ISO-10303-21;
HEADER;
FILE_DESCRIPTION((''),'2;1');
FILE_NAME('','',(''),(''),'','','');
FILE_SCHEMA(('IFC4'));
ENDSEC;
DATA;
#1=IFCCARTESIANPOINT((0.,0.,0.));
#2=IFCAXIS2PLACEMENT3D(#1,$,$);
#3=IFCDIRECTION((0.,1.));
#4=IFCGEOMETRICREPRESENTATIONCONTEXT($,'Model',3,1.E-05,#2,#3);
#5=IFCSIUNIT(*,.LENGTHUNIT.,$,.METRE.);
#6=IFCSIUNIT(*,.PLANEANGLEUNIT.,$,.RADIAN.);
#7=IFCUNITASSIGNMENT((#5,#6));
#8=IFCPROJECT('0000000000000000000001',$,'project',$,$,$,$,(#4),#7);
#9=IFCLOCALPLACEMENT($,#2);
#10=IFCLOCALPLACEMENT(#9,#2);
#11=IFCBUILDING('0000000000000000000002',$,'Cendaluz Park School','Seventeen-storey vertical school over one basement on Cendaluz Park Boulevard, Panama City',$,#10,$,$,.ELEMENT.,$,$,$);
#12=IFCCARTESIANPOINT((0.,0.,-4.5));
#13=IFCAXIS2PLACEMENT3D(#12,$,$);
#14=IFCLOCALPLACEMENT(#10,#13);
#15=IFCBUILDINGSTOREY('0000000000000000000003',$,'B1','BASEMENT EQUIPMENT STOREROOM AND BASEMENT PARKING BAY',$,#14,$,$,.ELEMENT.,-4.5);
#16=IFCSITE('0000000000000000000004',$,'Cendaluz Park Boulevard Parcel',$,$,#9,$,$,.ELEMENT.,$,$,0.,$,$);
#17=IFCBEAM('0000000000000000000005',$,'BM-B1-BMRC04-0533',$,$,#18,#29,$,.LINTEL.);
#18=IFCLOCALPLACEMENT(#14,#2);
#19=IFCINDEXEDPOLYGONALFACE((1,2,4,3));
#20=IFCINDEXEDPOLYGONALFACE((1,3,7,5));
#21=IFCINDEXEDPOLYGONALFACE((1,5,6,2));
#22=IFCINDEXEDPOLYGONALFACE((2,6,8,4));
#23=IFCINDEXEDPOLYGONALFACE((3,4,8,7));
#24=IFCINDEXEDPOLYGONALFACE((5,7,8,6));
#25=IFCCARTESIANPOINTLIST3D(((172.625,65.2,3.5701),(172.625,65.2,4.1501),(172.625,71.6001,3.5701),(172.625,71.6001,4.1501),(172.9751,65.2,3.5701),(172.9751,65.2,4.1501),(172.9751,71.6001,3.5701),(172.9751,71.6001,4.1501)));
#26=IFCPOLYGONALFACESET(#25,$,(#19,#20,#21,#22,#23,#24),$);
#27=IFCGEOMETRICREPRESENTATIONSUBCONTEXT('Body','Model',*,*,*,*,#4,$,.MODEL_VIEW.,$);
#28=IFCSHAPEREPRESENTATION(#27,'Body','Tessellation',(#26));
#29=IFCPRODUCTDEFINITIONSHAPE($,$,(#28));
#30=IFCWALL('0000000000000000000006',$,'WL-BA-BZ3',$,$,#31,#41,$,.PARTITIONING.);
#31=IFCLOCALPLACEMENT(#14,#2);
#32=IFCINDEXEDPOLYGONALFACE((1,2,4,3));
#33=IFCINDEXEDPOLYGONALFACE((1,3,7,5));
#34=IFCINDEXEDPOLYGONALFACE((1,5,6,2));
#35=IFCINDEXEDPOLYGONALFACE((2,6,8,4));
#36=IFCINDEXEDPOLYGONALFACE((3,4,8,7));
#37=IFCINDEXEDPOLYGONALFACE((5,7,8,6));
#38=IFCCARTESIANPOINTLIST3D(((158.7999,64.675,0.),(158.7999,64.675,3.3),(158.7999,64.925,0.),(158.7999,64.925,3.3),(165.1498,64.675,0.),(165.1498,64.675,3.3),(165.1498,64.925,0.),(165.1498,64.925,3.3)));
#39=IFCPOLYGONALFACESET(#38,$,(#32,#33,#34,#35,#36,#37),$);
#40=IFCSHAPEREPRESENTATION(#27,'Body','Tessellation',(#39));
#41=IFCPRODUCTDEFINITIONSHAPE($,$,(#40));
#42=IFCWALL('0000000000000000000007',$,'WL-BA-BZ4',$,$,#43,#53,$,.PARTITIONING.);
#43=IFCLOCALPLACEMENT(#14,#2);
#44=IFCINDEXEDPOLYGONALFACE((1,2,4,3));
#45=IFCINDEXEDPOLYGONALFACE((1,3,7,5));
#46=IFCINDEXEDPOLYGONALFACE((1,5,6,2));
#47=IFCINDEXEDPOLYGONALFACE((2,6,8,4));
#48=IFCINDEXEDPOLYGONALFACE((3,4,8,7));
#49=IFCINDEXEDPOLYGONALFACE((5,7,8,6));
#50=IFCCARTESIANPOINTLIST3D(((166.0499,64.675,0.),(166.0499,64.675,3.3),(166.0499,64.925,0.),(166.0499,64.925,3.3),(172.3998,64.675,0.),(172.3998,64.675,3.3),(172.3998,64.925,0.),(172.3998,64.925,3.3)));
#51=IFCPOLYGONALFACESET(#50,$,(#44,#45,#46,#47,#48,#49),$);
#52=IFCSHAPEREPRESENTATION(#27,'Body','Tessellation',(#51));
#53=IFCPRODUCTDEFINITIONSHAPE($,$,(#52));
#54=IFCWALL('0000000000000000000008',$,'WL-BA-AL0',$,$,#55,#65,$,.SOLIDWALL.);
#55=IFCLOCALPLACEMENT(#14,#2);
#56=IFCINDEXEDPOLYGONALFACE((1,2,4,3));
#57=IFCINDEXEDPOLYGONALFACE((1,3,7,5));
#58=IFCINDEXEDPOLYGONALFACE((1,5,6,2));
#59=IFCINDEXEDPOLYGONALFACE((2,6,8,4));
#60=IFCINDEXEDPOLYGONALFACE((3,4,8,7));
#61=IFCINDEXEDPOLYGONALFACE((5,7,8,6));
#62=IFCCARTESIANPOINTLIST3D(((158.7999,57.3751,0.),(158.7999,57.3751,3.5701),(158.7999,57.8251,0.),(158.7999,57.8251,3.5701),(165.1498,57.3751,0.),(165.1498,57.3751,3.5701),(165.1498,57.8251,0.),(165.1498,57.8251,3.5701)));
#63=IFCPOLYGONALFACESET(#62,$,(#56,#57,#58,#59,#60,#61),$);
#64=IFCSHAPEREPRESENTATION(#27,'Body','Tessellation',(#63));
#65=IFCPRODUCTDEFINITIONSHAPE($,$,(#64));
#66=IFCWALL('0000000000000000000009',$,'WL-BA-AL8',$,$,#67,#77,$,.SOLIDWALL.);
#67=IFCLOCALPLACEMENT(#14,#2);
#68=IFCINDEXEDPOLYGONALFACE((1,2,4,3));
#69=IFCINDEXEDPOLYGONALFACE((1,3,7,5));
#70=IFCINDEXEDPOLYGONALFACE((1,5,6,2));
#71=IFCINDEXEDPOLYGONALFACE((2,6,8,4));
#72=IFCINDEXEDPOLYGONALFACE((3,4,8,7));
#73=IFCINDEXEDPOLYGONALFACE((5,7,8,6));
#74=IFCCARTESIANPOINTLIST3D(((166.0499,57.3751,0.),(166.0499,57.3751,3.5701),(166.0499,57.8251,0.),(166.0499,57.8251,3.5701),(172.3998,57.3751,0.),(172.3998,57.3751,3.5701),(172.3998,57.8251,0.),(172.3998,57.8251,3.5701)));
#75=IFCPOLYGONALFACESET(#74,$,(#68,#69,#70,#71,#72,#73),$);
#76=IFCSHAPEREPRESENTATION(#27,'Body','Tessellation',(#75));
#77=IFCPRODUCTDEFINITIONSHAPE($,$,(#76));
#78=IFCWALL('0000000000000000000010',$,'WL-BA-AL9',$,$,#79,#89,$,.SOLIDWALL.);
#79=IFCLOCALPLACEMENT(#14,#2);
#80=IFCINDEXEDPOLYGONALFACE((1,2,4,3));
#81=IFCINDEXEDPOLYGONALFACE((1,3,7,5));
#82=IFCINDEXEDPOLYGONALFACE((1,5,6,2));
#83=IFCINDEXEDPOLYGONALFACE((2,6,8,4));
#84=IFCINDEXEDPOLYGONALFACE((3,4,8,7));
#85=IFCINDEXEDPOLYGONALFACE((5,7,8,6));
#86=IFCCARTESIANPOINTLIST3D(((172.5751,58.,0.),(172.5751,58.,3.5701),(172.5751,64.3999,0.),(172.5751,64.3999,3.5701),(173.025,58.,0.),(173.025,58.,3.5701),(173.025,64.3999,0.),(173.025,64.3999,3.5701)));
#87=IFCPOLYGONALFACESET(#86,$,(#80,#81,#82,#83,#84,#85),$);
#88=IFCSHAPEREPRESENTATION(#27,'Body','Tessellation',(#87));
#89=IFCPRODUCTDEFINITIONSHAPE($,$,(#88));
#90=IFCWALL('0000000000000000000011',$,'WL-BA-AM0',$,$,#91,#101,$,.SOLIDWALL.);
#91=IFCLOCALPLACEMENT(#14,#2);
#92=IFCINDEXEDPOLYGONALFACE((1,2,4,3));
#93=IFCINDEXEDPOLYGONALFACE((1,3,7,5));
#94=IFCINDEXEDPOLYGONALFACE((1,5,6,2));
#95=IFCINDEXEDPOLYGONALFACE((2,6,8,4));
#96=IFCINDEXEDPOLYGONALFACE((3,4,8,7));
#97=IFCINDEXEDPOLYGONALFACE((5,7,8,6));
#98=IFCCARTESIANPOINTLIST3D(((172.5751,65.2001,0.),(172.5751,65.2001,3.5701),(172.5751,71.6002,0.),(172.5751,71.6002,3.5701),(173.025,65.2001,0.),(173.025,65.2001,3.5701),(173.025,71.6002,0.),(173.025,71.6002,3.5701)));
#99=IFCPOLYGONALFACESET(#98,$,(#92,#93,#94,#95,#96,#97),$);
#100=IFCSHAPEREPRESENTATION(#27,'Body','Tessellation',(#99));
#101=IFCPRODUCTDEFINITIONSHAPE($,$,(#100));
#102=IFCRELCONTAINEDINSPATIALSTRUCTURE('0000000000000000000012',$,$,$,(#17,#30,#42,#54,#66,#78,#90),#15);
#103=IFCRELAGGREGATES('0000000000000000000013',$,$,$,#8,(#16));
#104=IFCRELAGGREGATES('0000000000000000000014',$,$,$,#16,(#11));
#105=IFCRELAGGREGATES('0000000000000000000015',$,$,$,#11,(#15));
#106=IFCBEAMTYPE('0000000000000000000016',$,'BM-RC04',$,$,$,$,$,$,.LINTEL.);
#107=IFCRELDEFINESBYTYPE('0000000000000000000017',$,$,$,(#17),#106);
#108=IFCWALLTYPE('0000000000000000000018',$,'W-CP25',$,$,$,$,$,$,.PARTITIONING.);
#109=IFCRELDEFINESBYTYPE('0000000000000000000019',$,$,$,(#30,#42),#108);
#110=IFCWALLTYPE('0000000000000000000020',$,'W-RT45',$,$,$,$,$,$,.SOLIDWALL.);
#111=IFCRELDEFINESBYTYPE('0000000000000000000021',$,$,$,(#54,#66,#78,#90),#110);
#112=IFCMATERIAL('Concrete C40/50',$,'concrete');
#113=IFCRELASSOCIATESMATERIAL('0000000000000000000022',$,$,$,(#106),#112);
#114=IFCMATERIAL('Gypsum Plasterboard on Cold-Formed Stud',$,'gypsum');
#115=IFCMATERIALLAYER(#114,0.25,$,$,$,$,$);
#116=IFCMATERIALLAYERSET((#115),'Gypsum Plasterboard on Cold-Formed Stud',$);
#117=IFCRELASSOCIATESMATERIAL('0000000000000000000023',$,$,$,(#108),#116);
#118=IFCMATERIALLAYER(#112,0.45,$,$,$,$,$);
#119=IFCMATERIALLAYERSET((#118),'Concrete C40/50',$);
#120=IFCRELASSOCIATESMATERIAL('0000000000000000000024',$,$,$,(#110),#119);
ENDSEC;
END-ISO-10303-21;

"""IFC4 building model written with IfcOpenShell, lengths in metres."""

from ifc_helpers import new_model, si_unit, direction, frame, frame_2d, origin, origin_2d, place, context, subcontext, project, spatial, rectangle, extrude, material, layer, layer_set, material_profile, profile_set, type_object, element, save


model = new_model("IFC4")

# Units and contexts
model_context = context("Model", 3, precision=1e-05, world=origin(), true_north=direction((0.0, 1.0)))
body_context = subcontext(model_context, "Body", "Model", "MODEL_VIEW")
ifc_project = project(units=[si_unit("LENGTHUNIT", "METRE"), si_unit("PLANEANGLEUNIT", "RADIAN")], contexts=[model_context])

# Site, building, storey
site_placement = place(None, origin())
site = spatial("IfcSite", under=ifc_project, at=site_placement, Name="Cendaluz Park Boulevard Parcel", CompositionType="ELEMENT", RefElevation=0.0)
building_placement = place(site_placement, origin())
building = spatial("IfcBuilding", under=site, at=building_placement, Name="Cendaluz Park School", Description="Seventeen-storey vertical school over one basement on Cendaluz Park Boulevard, Panama City", CompositionType="ELEMENT")
storey_placement = place(building_placement, frame((0.0, 0.0, -4.5)))
storey = spatial("IfcBuildingStorey", under=building, at=storey_placement, Name="B1", Description="BASEMENT EQUIPMENT STOREROOM AND BASEMENT PARKING BAY", CompositionType="ELEMENT", Elevation=-4.5)

# Shared definitions
ifc_material_1 = material(Name="Concrete C40/50", Category="concrete")

# Beam
ifc_material_profile_1 = material_profile(ifc_material_1, rectangle(XDim=0.3501, YDim=0.5801, at=origin_2d()), Name="RC 350x580", Category="concrete")
ifc_profile_set_1 = profile_set([ifc_material_profile_1], Name="Concrete C40/50")
beam_type_1 = type_object("IfcBeamType", Name="BM-RC04", PredefinedType="LINTEL", material=ifc_profile_set_1)
beam_1_placement = place(storey_placement, frame((172.8, 65.2, 3.8601), z_axis=(0.0, 1.0, 0.0), x_axis=(-1.0, 0.0, 0.0)))
element("IfcBeam", 1, at=beam_1_placement, inside=storey, type_object=beam_type_1, Name="BM-B1-BMRC04-0533", PredefinedType="LINTEL", context=body_context, shape_type="SweptSolid", body=[
    extrude(rectangle(XDim=0.3501, YDim=0.5801, at=origin_2d()), origin(), (0.0, 0.0, 1.0), 6.4001),
])

# Walls
ifc_material_2 = material(Name="Gypsum Plasterboard on Cold-Formed Stud", Category="gypsum")
ifc_layer_1 = layer(ifc_material_2, 0.25)
ifc_layer_set_1 = layer_set([ifc_layer_1], Name="Gypsum Plasterboard on Cold-Formed Stud")
wall_type_1 = type_object("IfcWallType", Name="W-CP25", PredefinedType="PARTITIONING", material=ifc_layer_set_1)
for number, where, z_axis, x_axis, name in (
    (2, (158.8, 64.8, 0.0), (0.0, 0.0, 1.0), (1.0, 0.0, 0.0), "WL-BA-BZ3"),
    (3, (166.05, 64.8, 0.0), (0.0, 0.0, 1.0), (1.0, 0.0, 0.0), "WL-BA-BZ4"),
):
    element("IfcWall", number, at=place(storey_placement, frame(where, z_axis=z_axis, x_axis=x_axis)), inside=storey, type_object=wall_type_1, Name=name, PredefinedType="PARTITIONING", context=body_context, shape_type="SweptSolid", body=[
        extrude(rectangle(XDim=6.3499, YDim=0.25, at=frame_2d((3.1748, 0.0))), origin(), (0.0, 0.0, 1.0), 3.3),
    ])
ifc_layer_2 = layer(ifc_material_1, 0.45)
ifc_layer_set_2 = layer_set([ifc_layer_2], Name="Concrete C40/50")
wall_type_2 = type_object("IfcWallType", Name="W-RT45", PredefinedType="SOLIDWALL", material=ifc_layer_set_2)
for number, where, z_axis, x_axis, name in (
    (4, (158.8, 57.6001, 0.0), (0.0, 0.0, 1.0), (1.0, 0.0, 0.0), "WL-BA-AL0"),
    (5, (166.05, 57.6001, 0.0), (0.0, 0.0, 1.0), (1.0, 0.0, 0.0), "WL-BA-AL8"),
):
    element("IfcWall", number, at=place(storey_placement, frame(where, z_axis=z_axis, x_axis=x_axis)), inside=storey, type_object=wall_type_2, Name=name, PredefinedType="SOLIDWALL", context=body_context, shape_type="SweptSolid", body=[
        extrude(rectangle(XDim=6.3499, YDim=0.45, at=frame_2d((3.1748, 0.0))), origin(), (0.0, 0.0, 1.0), 3.5701),
    ])
wall_1_placement = place(storey_placement, frame((172.8, 58.0, 0.0), z_axis=(0.0, 0.0, 1.0), x_axis=(0.0, 1.0, 0.0)))
element("IfcWall", 6, at=wall_1_placement, inside=storey, type_object=wall_type_2, Name="WL-BA-AL9", PredefinedType="SOLIDWALL", context=body_context, shape_type="SweptSolid", body=[
    extrude(rectangle(XDim=6.3999, YDim=0.45, at=frame_2d((3.2, 0.0))), origin(), (0.0, 0.0, 1.0), 3.5701),
])
wall_2_placement = place(storey_placement, frame((172.8, 65.2, 0.0), z_axis=(0.0, 0.0, 1.0), x_axis=(0.0, 1.0, 0.0)))
element("IfcWall", 7, at=wall_2_placement, inside=storey, type_object=wall_type_2, Name="WL-BA-AM0", PredefinedType="SOLIDWALL", context=body_context, shape_type="SweptSolid", body=[
    extrude(rectangle(XDim=6.4001, YDim=0.45, at=frame_2d((3.2002, 0.0))), origin(), (0.0, 0.0, 1.0), 3.5701),
])

save(model, "model.ifc")
